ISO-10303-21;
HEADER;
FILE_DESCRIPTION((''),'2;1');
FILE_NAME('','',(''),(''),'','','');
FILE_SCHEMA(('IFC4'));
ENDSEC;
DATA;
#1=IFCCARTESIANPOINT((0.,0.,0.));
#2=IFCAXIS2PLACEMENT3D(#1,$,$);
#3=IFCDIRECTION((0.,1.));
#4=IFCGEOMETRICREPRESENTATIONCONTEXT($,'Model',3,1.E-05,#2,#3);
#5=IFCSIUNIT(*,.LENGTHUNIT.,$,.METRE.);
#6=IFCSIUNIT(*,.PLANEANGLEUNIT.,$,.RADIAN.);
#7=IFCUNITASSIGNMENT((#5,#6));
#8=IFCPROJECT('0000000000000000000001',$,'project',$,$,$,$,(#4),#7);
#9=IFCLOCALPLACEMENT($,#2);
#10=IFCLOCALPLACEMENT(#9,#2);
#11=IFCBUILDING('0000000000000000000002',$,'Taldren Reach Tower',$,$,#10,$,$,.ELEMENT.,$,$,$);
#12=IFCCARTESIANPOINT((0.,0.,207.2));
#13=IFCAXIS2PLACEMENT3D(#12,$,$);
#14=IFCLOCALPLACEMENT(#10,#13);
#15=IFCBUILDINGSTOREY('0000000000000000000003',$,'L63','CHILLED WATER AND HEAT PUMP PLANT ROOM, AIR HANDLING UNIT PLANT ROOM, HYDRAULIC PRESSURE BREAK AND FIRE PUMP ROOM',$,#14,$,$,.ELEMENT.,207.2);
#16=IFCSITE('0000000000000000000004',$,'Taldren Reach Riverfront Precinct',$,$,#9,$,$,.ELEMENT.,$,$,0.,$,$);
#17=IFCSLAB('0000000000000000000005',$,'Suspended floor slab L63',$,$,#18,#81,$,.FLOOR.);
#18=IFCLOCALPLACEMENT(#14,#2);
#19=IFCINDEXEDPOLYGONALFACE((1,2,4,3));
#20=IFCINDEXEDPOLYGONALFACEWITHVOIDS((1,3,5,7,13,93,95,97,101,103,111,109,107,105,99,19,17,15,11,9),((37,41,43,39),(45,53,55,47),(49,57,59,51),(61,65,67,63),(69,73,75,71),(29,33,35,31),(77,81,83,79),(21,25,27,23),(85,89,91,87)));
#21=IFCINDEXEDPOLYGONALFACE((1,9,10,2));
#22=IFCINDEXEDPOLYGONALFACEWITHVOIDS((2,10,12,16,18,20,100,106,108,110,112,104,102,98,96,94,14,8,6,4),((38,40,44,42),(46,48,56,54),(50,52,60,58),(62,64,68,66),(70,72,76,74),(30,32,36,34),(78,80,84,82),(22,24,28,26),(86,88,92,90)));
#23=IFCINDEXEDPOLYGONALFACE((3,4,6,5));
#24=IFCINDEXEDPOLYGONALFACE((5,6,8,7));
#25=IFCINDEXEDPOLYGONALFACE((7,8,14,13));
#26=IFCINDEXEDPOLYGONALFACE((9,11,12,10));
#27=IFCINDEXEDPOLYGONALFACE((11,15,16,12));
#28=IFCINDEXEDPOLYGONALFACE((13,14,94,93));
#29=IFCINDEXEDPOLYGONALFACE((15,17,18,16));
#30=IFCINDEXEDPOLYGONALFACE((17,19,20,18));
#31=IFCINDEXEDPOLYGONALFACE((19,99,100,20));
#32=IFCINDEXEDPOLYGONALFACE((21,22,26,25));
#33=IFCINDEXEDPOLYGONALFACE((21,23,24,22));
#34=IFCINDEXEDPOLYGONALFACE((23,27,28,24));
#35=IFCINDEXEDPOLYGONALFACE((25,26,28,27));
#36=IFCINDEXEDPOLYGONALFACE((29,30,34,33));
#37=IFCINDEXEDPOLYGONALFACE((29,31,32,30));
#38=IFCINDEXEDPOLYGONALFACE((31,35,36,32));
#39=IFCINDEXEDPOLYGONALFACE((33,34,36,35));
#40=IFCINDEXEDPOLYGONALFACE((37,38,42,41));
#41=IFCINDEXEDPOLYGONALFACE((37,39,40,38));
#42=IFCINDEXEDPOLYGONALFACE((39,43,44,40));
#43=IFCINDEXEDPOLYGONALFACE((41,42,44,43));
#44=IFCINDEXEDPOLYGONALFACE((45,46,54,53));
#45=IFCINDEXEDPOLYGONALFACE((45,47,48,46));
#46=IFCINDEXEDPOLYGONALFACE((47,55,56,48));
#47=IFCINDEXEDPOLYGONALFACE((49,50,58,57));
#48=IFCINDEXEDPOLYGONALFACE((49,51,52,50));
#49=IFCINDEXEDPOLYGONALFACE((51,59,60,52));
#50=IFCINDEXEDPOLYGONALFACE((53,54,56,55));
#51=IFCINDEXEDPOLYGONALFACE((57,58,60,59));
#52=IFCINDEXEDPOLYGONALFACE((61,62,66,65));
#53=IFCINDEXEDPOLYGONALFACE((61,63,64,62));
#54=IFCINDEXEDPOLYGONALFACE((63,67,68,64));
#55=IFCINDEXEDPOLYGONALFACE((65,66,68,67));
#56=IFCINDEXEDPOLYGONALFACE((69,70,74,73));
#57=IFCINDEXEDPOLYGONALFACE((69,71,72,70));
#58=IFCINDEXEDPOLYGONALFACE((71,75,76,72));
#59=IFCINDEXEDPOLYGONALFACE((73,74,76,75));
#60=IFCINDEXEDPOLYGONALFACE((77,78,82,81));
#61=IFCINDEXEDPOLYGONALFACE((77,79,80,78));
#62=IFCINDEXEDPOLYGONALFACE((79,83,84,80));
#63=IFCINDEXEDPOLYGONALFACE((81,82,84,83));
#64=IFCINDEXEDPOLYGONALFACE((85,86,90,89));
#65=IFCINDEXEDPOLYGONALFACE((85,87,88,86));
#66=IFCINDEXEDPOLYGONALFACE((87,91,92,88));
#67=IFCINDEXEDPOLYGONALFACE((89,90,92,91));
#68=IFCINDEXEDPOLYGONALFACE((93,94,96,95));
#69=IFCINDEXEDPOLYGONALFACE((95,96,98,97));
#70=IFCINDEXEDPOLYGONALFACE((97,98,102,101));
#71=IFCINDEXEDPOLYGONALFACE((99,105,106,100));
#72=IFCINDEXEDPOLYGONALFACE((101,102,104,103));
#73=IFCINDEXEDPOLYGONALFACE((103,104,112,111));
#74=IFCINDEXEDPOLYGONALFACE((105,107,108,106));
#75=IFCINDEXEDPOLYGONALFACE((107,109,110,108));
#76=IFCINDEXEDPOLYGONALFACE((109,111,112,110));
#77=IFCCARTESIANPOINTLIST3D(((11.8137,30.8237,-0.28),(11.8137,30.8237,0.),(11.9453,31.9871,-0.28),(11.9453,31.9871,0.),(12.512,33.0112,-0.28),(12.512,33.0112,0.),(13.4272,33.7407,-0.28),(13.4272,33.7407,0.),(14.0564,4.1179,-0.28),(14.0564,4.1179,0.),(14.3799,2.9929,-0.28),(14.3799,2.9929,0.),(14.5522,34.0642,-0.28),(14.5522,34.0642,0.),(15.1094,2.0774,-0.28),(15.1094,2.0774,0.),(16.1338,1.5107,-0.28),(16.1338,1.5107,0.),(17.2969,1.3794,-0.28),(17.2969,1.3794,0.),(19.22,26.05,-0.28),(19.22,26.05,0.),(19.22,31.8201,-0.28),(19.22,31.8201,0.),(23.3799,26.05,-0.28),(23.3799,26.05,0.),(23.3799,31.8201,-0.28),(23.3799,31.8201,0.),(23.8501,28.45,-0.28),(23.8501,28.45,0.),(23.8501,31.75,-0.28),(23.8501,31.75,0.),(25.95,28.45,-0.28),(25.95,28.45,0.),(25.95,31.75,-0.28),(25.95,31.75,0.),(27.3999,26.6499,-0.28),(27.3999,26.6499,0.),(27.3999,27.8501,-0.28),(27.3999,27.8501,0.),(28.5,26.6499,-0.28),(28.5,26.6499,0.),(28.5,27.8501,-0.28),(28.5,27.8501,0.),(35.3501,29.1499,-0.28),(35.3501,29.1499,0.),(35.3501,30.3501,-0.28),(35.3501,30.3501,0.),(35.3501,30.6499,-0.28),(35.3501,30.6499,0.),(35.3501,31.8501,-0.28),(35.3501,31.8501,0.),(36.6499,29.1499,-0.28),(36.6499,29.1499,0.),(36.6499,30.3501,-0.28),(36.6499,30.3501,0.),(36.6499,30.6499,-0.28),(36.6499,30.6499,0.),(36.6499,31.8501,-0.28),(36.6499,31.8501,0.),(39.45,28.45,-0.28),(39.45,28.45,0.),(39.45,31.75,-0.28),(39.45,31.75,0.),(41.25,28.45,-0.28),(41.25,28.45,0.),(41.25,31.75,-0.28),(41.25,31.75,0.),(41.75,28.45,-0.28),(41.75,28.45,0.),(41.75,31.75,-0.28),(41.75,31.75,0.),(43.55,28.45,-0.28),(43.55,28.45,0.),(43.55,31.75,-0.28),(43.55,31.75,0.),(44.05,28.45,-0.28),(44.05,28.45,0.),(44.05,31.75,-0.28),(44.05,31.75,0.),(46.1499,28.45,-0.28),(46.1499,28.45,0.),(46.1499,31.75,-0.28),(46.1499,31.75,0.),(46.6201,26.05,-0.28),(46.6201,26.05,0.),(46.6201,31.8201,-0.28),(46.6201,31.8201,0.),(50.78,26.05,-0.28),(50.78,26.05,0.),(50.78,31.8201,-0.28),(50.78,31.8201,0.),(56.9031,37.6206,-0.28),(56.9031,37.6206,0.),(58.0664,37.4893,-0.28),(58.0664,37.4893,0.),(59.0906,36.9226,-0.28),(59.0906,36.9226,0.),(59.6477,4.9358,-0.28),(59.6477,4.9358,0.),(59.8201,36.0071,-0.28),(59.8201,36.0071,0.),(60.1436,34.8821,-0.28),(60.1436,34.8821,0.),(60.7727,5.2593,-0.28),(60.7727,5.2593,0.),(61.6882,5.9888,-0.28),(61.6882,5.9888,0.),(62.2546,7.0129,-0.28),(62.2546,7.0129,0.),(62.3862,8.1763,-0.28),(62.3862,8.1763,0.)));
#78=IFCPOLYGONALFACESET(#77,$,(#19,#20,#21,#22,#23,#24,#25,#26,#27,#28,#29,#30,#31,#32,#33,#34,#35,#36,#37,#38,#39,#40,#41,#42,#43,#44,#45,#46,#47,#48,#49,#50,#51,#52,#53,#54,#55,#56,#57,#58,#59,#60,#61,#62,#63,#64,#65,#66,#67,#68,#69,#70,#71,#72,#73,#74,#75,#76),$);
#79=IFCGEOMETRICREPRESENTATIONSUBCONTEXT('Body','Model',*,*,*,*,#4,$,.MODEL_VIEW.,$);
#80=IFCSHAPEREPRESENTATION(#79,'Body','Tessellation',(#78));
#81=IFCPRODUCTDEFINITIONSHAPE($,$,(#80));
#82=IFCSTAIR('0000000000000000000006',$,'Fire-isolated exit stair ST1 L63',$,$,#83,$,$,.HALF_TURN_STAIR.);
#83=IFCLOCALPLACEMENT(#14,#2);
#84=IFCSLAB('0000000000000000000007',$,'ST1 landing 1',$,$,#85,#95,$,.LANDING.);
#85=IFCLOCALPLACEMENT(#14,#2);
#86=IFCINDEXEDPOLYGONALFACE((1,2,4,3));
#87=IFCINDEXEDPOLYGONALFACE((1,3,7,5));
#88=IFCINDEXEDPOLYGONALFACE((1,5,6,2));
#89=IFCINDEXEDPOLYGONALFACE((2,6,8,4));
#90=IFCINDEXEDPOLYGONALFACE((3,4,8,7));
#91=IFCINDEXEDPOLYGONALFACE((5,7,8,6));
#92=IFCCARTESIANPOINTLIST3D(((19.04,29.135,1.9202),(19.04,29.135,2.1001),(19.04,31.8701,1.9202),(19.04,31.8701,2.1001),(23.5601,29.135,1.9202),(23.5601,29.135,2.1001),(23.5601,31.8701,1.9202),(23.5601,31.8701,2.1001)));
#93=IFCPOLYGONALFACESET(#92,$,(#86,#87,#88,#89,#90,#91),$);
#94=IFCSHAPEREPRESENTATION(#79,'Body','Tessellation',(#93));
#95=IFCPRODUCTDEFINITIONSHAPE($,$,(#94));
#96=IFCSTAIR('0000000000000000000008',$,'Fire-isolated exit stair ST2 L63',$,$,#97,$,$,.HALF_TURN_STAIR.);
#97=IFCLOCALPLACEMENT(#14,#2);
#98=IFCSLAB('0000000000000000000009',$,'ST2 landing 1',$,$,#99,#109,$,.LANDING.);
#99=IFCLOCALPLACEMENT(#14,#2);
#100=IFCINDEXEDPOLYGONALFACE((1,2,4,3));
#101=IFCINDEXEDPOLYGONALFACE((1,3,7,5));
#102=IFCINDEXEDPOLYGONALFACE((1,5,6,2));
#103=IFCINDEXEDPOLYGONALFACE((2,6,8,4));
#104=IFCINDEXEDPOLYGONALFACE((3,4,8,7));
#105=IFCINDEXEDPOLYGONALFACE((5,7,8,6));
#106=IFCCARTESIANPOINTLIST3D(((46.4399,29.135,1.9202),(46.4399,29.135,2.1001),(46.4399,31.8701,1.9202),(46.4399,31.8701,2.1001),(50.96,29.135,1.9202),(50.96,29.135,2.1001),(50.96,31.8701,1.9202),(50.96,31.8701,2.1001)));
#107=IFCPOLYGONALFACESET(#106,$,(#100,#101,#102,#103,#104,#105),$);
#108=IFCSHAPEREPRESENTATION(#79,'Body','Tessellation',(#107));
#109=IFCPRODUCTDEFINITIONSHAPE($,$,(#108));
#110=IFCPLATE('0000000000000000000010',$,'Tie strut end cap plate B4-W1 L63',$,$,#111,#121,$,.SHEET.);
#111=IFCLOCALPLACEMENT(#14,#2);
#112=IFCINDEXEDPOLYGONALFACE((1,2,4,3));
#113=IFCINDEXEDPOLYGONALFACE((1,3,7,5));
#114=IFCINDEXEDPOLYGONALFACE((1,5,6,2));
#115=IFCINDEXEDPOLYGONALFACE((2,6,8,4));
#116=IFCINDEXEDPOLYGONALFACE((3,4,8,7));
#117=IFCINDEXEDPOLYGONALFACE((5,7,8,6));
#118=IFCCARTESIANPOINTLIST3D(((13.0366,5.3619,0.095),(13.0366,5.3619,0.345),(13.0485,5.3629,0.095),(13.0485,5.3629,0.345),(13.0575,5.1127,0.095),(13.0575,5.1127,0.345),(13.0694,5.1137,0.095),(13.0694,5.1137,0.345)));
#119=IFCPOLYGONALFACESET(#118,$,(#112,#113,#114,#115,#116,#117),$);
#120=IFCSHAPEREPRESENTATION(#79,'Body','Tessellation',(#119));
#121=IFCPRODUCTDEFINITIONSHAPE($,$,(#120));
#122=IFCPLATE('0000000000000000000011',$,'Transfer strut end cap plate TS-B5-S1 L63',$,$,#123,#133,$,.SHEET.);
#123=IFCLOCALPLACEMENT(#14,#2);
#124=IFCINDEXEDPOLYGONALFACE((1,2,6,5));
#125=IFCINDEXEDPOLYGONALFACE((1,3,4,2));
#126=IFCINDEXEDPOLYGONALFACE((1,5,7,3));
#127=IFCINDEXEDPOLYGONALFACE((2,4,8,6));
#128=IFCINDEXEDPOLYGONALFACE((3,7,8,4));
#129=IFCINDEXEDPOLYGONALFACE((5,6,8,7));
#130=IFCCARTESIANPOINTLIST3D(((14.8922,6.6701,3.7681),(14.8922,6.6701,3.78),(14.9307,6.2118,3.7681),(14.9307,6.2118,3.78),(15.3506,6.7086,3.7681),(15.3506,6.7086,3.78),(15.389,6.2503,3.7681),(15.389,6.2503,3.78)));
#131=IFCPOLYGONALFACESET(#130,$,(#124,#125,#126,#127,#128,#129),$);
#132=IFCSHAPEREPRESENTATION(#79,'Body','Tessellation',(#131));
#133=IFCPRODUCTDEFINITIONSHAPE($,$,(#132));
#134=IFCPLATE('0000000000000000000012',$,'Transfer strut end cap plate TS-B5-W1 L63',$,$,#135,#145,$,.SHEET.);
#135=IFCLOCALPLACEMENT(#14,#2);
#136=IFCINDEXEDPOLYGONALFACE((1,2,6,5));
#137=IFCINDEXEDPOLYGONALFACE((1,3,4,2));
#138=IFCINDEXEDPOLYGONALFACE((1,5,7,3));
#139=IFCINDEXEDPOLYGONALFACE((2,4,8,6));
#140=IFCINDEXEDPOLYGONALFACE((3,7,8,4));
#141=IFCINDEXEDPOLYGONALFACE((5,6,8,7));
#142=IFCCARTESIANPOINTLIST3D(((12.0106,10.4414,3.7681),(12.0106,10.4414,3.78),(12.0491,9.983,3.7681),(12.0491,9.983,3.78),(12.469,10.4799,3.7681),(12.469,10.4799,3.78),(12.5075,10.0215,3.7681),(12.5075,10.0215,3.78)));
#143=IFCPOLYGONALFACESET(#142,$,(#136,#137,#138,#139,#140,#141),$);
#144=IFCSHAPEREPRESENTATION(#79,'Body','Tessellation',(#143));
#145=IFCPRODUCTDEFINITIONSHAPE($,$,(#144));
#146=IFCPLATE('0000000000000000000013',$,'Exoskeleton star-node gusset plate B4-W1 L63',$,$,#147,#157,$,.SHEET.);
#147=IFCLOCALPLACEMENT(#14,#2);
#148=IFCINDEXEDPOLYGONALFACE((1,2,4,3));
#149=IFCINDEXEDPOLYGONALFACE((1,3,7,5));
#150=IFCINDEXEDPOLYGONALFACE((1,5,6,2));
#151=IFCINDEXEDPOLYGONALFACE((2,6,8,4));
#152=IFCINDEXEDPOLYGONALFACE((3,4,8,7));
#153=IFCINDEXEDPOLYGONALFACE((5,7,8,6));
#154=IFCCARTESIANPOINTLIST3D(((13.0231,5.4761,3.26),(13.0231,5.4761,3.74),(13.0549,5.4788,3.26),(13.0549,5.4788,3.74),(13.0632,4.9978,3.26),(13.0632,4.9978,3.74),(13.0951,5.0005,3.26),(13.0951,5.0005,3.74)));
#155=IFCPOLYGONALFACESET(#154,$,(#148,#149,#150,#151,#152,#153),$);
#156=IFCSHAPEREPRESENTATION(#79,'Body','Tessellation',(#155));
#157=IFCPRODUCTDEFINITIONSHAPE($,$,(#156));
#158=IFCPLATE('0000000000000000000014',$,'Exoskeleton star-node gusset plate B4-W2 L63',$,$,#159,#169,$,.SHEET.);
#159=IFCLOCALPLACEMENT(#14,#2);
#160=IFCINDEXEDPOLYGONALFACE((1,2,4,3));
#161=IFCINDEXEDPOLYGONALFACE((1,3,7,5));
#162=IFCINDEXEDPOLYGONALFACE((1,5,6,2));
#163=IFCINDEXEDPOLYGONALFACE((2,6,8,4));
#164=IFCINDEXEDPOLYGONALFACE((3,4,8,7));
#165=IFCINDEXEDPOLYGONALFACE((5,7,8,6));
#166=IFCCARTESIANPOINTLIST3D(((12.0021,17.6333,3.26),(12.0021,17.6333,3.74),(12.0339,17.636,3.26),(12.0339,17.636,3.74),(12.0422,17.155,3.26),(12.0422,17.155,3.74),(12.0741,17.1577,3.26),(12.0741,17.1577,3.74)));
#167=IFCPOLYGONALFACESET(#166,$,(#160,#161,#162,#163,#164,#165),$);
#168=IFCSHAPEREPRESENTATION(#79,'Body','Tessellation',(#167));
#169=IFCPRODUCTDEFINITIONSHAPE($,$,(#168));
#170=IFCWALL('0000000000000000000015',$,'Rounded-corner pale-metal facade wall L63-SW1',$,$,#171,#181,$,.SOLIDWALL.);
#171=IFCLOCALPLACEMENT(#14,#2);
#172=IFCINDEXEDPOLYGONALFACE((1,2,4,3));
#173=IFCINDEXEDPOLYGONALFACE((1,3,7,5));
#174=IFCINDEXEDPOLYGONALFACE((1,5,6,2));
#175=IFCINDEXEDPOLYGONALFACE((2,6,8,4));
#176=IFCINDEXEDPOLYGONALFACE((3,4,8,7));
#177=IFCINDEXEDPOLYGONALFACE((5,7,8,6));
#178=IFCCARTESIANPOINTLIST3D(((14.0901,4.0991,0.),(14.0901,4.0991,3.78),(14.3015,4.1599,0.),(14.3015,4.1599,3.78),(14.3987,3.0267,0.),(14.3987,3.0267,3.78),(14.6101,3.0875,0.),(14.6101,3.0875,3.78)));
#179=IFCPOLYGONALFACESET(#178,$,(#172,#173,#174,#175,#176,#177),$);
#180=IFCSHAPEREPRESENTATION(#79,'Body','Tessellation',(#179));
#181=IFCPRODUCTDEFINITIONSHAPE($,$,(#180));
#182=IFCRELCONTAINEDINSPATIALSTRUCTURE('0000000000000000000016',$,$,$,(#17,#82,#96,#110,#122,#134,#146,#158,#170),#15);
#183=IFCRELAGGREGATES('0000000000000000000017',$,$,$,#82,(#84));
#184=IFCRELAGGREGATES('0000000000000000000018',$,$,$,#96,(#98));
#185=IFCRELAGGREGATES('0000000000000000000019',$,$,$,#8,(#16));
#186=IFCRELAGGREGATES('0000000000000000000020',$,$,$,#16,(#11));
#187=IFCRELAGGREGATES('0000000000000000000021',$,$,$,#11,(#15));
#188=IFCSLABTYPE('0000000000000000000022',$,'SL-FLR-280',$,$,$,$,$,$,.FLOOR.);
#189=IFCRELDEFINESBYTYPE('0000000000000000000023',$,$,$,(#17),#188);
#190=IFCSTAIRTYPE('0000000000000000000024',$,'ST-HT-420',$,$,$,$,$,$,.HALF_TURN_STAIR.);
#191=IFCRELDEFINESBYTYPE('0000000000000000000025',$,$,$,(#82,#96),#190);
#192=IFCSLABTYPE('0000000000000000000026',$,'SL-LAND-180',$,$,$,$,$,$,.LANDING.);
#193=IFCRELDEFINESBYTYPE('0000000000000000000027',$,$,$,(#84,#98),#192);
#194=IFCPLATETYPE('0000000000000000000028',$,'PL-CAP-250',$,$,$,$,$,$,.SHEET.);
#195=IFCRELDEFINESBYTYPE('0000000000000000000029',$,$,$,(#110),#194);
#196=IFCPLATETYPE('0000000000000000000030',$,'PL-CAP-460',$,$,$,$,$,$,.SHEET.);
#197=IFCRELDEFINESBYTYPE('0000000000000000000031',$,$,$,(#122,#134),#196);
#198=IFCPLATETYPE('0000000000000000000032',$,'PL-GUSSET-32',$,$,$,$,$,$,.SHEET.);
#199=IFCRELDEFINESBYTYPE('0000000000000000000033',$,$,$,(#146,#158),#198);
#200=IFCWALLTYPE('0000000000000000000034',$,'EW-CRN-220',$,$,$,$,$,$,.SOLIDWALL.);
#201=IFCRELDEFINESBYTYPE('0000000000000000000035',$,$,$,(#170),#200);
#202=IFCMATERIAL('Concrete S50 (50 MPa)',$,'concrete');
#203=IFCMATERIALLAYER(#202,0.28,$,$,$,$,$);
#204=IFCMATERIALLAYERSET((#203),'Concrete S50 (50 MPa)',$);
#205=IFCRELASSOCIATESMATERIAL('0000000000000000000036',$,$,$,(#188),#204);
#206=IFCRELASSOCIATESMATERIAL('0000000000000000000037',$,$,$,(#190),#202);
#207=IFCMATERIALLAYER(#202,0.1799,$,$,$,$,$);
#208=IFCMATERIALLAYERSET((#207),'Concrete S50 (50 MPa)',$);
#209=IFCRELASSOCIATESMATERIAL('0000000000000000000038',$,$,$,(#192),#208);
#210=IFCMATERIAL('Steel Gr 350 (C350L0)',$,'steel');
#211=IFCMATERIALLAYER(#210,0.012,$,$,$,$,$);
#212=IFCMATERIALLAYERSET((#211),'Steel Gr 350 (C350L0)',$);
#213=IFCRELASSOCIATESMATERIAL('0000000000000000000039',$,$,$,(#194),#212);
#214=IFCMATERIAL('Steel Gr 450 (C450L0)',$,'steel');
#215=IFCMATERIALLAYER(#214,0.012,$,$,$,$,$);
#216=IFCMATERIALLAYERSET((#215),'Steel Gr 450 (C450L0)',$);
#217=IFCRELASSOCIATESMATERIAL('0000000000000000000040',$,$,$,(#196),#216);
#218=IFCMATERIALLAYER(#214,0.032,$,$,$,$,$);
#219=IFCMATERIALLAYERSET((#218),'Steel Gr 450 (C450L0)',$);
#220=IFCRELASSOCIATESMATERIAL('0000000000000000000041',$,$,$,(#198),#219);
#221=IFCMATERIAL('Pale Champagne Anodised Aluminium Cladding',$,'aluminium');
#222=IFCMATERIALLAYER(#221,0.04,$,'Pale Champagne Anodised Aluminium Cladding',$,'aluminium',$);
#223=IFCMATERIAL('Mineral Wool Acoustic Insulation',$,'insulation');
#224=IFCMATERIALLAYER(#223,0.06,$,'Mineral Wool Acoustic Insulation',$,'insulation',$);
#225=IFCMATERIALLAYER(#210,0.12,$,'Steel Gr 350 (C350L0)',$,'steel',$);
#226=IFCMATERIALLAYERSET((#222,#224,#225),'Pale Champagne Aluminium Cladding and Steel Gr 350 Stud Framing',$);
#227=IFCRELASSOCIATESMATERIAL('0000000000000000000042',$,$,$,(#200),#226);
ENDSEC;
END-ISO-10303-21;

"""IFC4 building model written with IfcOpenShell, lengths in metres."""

from ifc_helpers import new_model, si_unit, direction, frame, frame_2d, origin, origin_2d, place, context, subcontext, project, spatial, polyline, rectangle, outline, extrude, source, transform, mapped, material, layer, layer_set, type_object, element, aggregate, save


model = new_model("IFC4")

# Units and contexts
model_context = context("Model", 3, precision=1e-05, world=origin(), true_north=direction((0.0, 1.0)))
body_context = subcontext(model_context, "Body", "Model", "MODEL_VIEW")
ifc_project = project(units=[si_unit("LENGTHUNIT", "METRE"), si_unit("PLANEANGLEUNIT", "RADIAN")], contexts=[model_context])

# Site, building, storey
site_placement = place(None, origin())
site = spatial("IfcSite", under=ifc_project, at=site_placement, Name="Taldren Reach Riverfront Precinct", CompositionType="ELEMENT", RefElevation=0.0)
building_placement = place(site_placement, origin())
building = spatial("IfcBuilding", under=site, at=building_placement, Name="Taldren Reach Tower", CompositionType="ELEMENT")
storey_placement = place(building_placement, frame((0.0, 0.0, 207.2)))
storey = spatial("IfcBuildingStorey", under=building, at=storey_placement, Name="L63", Description="CHILLED WATER AND HEAT PUMP PLANT ROOM, AIR HANDLING UNIT PLANT ROOM, HYDRAULIC PRESSURE BREAK AND FIRE PUMP ROOM", CompositionType="ELEMENT", Elevation=207.2)

# Shared definitions
ifc_material_1 = material(Name="Steel Gr 450 (C450L0)", Category="steel")
ifc_material_2 = material(Name="Steel Gr 350 (C350L0)", Category="steel")

# Slab
ifc_material_3 = material(Name="Concrete S50 (50 MPa)", Category="concrete")
ifc_layer_1 = layer(ifc_material_3, 0.28)
ifc_layer_set_1 = layer_set([ifc_layer_1], Name="Concrete S50 (50 MPa)")
slab_type_1 = type_object("IfcSlabType", Name="SL-FLR-280", PredefinedType="FLOOR", material=ifc_layer_set_1)
slab_1_placement = place(storey_placement, frame((0.0, 0.0, -0.28)))
element("IfcSlab", 1, at=slab_1_placement, inside=storey, type_object=slab_type_1, Name="Suspended floor slab L63", PredefinedType="FLOOR", context=body_context, shape_type="SweptSolid", body=[
    extrude(outline(polyline([(59.6477, 4.9358), (60.7727, 5.2593), (61.6882, 5.9888), (62.2546, 7.0129), (62.3862, 8.1763), (60.1436, 34.8821), (59.8201, 36.0071), (59.0906, 36.9226), (58.0664, 37.4893), (56.9031, 37.6206), (14.5522, 34.0642), (13.4272, 33.7407), (12.512, 33.0112), (11.9453, 31.9871), (11.8137, 30.8237), (14.0564, 4.1179), (14.3799, 2.9929), (15.1094, 2.0774), (16.1338, 1.5107), (17.2969, 1.3794), (59.6477, 4.9358)]), holes=[polyline([(19.22, 26.05), (23.3799, 26.05), (23.3799, 31.8201), (19.22, 31.8201), (19.22, 26.05)]), polyline([(46.6201, 26.05), (50.78, 26.05), (50.78, 31.8201), (46.6201, 31.8201), (46.6201, 26.05)]), polyline([(23.8501, 28.45), (25.95, 28.45), (25.95, 31.75), (23.8501, 31.75), (23.8501, 28.45)]), polyline([(44.05, 28.45), (46.1499, 28.45), (46.1499, 31.75), (44.05, 31.75), (44.05, 28.45)]), polyline([(39.45, 28.45), (41.25, 28.45), (41.25, 31.75), (39.45, 31.75), (39.45, 28.45)]), polyline([(41.75, 28.45), (43.55, 28.45), (43.55, 31.75), (41.75, 31.75), (41.75, 28.45)]), polyline([(35.3501, 30.6499), (36.6499, 30.6499), (36.6499, 31.8501), (35.3501, 31.8501), (35.3501, 30.6499)]), polyline([(35.3501, 29.1499), (36.6499, 29.1499), (36.6499, 30.3501), (35.3501, 30.3501), (35.3501, 29.1499)]), polyline([(27.3999, 26.6499), (28.5, 26.6499), (28.5, 27.8501), (27.3999, 27.8501), (27.3999, 26.6499)])]), origin(), (0.0, 0.0, 1.0), 0.28),
])

# Stairs, slabs
stair_type = type_object("IfcStairType", Name="ST-HT-420", PredefinedType="HALF_TURN_STAIR", material=ifc_material_3)
stair_1_placement = place(storey_placement, origin())
stair_1 = element("IfcStair", 2, at=stair_1_placement, inside=storey, type_object=stair_type, Name="Fire-isolated exit stair ST1 L63", PredefinedType="HALF_TURN_STAIR")
ifc_layer_2 = layer(ifc_material_3, 0.1799)
ifc_layer_set_2 = layer_set([ifc_layer_2], Name="Concrete S50 (50 MPa)")
slab_type_2 = type_object("IfcSlabType", Name="SL-LAND-180", PredefinedType="LANDING", material=ifc_layer_set_2)
slab_2_placement = place(storey_placement, frame((0.0, 0.0, 1.9202)))
slab_2 = element("IfcSlab", 3, at=slab_2_placement, type_object=slab_type_2, Name="ST1 landing 1", PredefinedType="LANDING", context=body_context, shape_type="SweptSolid", body=[
    extrude(outline(polyline([(19.04, 29.135), (23.5601, 29.135), (23.5601, 31.8701), (19.04, 31.8701), (19.04, 29.135)])), origin(), (0.0, 0.0, 1.0), 0.1799),
])
aggregate(stair_1, [slab_2])
stair_2_placement = place(storey_placement, origin())
stair_2 = element("IfcStair", 4, at=stair_2_placement, inside=storey, type_object=stair_type, Name="Fire-isolated exit stair ST2 L63", PredefinedType="HALF_TURN_STAIR")
slab_3_placement = place(storey_placement, frame((0.0, 0.0, 1.9202)))
slab_3 = element("IfcSlab", 5, at=slab_3_placement, type_object=slab_type_2, Name="ST2 landing 1", PredefinedType="LANDING", context=body_context, shape_type="SweptSolid", body=[
    extrude(outline(polyline([(46.4399, 29.135), (50.96, 29.135), (50.96, 31.8701), (46.4399, 31.8701), (46.4399, 29.135)])), origin(), (0.0, 0.0, 1.0), 0.1799),
])
aggregate(stair_2, [slab_3])

# Plates
ifc_layer_3 = layer(ifc_material_2, 0.012)
ifc_layer_set_3 = layer_set([ifc_layer_3], Name="Steel Gr 350 (C350L0)")
plate_type_1 = type_object("IfcPlateType", Name="PL-CAP-250", PredefinedType="SHEET", material=ifc_layer_set_3)
shared_shape_1 = source(origin(), body_context, "Body", "SweptSolid", [
    extrude(rectangle(XDim=0.012, YDim=0.25, at=origin_2d()), origin(), (0.0, 0.0, 1.0), 0.25),
])
plate_placement = place(storey_placement, frame((13.053, 5.2378, 0.095), z_axis=(0.0, 0.0, 1.0), x_axis=(0.996493, 0.083678, 0.0)))
element("IfcPlate", 6, at=plate_placement, inside=storey, type_object=plate_type_1, Name="Tie strut end cap plate B4-W1 L63", PredefinedType="SHEET", context=body_context, shape_type="MappedRepresentation", body=[
    mapped(shared_shape_1, transform((0.0, 0.0, 0.0), scale=1.0)),
])
ifc_layer_4 = layer(ifc_material_1, 0.012)
ifc_layer_set_4 = layer_set([ifc_layer_4], Name="Steel Gr 450 (C450L0)")
plate_type_2 = type_object("IfcPlateType", Name="PL-CAP-460", PredefinedType="SHEET", material=ifc_layer_set_4)
shared_shape_2 = source(origin(), body_context, "Body", "SweptSolid", [
    extrude(rectangle(XDim=0.46, YDim=0.46, at=origin_2d()), origin(), (0.0, 0.0, 1.0), 0.012),
])
for number, where, z_axis, x_axis, name in (
    (7, (15.1406, 6.4602, 3.7681), (0.0, 0.0, 1.0), (0.996493, 0.083678, 0.0), "Transfer strut end cap plate TS-B5-S1 L63"),
    (8, (12.259, 10.2314, 3.7681), (0.0, 0.0, 1.0), (0.996493, 0.083678, 0.0), "Transfer strut end cap plate TS-B5-W1 L63"),
):
    element("IfcPlate", number, at=place(storey_placement, frame(where, z_axis=z_axis, x_axis=x_axis)), inside=storey, type_object=plate_type_2, Name=name, PredefinedType="SHEET", context=body_context, shape_type="MappedRepresentation", body=[
        mapped(shared_shape_2, transform((0.0, 0.0, 0.0), scale=1.0)),
    ])
ifc_layer_5 = layer(ifc_material_1, 0.032)
ifc_layer_set_5 = layer_set([ifc_layer_5], Name="Steel Gr 450 (C450L0)")
plate_type_3 = type_object("IfcPlateType", Name="PL-GUSSET-32", PredefinedType="SHEET", material=ifc_layer_set_5)
shared_shape_3 = source(origin(), body_context, "Body", "SweptSolid", [
    extrude(rectangle(XDim=0.48, YDim=0.032, at=origin_2d()), origin(), (0.0, 0.0, 1.0), 0.48),
])
for number, where, z_axis, x_axis, name in (
    (9, (13.0591, 5.2383, 3.26), (0.0, 0.0, 1.0), (-0.083678, 0.996493, 0.0), "Exoskeleton star-node gusset plate B4-W1 L63"),
    (10, (12.0381, 17.3955, 3.26), (0.0, 0.0, 1.0), (-0.083678, 0.996493, 0.0), "Exoskeleton star-node gusset plate B4-W2 L63"),
):
    element("IfcPlate", number, at=place(storey_placement, frame(where, z_axis=z_axis, x_axis=x_axis)), inside=storey, type_object=plate_type_3, Name=name, PredefinedType="SHEET", context=body_context, shape_type="MappedRepresentation", body=[
        mapped(shared_shape_3, transform((0.0, 0.0, 0.0), scale=1.0)),
    ])

# Wall
ifc_material_4 = material(Name="Pale Champagne Anodised Aluminium Cladding", Category="aluminium")
ifc_layer_6 = layer(ifc_material_4, 0.04, Name="Pale Champagne Anodised Aluminium Cladding", Category="aluminium")
ifc_material_5 = material(Name="Mineral Wool Acoustic Insulation", Category="insulation")
ifc_layer_7 = layer(ifc_material_5, 0.06, Name="Mineral Wool Acoustic Insulation", Category="insulation")
ifc_layer_8 = layer(ifc_material_2, 0.12, Name="Steel Gr 350 (C350L0)", Category="steel")
ifc_layer_set_6 = layer_set([ifc_layer_6, ifc_layer_7, ifc_layer_8], Name="Pale Champagne Aluminium Cladding and Steel Gr 350 Stud Framing")
wall_type = type_object("IfcWallType", Name="EW-CRN-220", PredefinedType="SOLIDWALL", material=ifc_layer_set_6)
shared_shape_4 = source(origin(), body_context, "Body", "SweptSolid", [
    extrude(rectangle(XDim=1.116, YDim=0.22, at=frame_2d((0.5581, 0.0))), origin(), (0.0, 0.0, 1.0), 3.78),
])
for number, where, z_axis, x_axis, name in (
    (11, (14.1958, 4.1296, 0.0), (0.0, 0.0, 1.0), (0.276512, -0.96101, 0.0), "Rounded-corner pale-metal facade wall L63-SW1"),
):
    element("IfcWall", number, at=place(storey_placement, frame(where, z_axis=z_axis, x_axis=x_axis)), inside=storey, type_object=wall_type, Name=name, PredefinedType="SOLIDWALL", context=body_context, shape_type="MappedRepresentation", body=[
        mapped(shared_shape_4, transform((0.0, 0.0, 0.0), scale=1.0)),
    ])

save(model, "model.ifc")
